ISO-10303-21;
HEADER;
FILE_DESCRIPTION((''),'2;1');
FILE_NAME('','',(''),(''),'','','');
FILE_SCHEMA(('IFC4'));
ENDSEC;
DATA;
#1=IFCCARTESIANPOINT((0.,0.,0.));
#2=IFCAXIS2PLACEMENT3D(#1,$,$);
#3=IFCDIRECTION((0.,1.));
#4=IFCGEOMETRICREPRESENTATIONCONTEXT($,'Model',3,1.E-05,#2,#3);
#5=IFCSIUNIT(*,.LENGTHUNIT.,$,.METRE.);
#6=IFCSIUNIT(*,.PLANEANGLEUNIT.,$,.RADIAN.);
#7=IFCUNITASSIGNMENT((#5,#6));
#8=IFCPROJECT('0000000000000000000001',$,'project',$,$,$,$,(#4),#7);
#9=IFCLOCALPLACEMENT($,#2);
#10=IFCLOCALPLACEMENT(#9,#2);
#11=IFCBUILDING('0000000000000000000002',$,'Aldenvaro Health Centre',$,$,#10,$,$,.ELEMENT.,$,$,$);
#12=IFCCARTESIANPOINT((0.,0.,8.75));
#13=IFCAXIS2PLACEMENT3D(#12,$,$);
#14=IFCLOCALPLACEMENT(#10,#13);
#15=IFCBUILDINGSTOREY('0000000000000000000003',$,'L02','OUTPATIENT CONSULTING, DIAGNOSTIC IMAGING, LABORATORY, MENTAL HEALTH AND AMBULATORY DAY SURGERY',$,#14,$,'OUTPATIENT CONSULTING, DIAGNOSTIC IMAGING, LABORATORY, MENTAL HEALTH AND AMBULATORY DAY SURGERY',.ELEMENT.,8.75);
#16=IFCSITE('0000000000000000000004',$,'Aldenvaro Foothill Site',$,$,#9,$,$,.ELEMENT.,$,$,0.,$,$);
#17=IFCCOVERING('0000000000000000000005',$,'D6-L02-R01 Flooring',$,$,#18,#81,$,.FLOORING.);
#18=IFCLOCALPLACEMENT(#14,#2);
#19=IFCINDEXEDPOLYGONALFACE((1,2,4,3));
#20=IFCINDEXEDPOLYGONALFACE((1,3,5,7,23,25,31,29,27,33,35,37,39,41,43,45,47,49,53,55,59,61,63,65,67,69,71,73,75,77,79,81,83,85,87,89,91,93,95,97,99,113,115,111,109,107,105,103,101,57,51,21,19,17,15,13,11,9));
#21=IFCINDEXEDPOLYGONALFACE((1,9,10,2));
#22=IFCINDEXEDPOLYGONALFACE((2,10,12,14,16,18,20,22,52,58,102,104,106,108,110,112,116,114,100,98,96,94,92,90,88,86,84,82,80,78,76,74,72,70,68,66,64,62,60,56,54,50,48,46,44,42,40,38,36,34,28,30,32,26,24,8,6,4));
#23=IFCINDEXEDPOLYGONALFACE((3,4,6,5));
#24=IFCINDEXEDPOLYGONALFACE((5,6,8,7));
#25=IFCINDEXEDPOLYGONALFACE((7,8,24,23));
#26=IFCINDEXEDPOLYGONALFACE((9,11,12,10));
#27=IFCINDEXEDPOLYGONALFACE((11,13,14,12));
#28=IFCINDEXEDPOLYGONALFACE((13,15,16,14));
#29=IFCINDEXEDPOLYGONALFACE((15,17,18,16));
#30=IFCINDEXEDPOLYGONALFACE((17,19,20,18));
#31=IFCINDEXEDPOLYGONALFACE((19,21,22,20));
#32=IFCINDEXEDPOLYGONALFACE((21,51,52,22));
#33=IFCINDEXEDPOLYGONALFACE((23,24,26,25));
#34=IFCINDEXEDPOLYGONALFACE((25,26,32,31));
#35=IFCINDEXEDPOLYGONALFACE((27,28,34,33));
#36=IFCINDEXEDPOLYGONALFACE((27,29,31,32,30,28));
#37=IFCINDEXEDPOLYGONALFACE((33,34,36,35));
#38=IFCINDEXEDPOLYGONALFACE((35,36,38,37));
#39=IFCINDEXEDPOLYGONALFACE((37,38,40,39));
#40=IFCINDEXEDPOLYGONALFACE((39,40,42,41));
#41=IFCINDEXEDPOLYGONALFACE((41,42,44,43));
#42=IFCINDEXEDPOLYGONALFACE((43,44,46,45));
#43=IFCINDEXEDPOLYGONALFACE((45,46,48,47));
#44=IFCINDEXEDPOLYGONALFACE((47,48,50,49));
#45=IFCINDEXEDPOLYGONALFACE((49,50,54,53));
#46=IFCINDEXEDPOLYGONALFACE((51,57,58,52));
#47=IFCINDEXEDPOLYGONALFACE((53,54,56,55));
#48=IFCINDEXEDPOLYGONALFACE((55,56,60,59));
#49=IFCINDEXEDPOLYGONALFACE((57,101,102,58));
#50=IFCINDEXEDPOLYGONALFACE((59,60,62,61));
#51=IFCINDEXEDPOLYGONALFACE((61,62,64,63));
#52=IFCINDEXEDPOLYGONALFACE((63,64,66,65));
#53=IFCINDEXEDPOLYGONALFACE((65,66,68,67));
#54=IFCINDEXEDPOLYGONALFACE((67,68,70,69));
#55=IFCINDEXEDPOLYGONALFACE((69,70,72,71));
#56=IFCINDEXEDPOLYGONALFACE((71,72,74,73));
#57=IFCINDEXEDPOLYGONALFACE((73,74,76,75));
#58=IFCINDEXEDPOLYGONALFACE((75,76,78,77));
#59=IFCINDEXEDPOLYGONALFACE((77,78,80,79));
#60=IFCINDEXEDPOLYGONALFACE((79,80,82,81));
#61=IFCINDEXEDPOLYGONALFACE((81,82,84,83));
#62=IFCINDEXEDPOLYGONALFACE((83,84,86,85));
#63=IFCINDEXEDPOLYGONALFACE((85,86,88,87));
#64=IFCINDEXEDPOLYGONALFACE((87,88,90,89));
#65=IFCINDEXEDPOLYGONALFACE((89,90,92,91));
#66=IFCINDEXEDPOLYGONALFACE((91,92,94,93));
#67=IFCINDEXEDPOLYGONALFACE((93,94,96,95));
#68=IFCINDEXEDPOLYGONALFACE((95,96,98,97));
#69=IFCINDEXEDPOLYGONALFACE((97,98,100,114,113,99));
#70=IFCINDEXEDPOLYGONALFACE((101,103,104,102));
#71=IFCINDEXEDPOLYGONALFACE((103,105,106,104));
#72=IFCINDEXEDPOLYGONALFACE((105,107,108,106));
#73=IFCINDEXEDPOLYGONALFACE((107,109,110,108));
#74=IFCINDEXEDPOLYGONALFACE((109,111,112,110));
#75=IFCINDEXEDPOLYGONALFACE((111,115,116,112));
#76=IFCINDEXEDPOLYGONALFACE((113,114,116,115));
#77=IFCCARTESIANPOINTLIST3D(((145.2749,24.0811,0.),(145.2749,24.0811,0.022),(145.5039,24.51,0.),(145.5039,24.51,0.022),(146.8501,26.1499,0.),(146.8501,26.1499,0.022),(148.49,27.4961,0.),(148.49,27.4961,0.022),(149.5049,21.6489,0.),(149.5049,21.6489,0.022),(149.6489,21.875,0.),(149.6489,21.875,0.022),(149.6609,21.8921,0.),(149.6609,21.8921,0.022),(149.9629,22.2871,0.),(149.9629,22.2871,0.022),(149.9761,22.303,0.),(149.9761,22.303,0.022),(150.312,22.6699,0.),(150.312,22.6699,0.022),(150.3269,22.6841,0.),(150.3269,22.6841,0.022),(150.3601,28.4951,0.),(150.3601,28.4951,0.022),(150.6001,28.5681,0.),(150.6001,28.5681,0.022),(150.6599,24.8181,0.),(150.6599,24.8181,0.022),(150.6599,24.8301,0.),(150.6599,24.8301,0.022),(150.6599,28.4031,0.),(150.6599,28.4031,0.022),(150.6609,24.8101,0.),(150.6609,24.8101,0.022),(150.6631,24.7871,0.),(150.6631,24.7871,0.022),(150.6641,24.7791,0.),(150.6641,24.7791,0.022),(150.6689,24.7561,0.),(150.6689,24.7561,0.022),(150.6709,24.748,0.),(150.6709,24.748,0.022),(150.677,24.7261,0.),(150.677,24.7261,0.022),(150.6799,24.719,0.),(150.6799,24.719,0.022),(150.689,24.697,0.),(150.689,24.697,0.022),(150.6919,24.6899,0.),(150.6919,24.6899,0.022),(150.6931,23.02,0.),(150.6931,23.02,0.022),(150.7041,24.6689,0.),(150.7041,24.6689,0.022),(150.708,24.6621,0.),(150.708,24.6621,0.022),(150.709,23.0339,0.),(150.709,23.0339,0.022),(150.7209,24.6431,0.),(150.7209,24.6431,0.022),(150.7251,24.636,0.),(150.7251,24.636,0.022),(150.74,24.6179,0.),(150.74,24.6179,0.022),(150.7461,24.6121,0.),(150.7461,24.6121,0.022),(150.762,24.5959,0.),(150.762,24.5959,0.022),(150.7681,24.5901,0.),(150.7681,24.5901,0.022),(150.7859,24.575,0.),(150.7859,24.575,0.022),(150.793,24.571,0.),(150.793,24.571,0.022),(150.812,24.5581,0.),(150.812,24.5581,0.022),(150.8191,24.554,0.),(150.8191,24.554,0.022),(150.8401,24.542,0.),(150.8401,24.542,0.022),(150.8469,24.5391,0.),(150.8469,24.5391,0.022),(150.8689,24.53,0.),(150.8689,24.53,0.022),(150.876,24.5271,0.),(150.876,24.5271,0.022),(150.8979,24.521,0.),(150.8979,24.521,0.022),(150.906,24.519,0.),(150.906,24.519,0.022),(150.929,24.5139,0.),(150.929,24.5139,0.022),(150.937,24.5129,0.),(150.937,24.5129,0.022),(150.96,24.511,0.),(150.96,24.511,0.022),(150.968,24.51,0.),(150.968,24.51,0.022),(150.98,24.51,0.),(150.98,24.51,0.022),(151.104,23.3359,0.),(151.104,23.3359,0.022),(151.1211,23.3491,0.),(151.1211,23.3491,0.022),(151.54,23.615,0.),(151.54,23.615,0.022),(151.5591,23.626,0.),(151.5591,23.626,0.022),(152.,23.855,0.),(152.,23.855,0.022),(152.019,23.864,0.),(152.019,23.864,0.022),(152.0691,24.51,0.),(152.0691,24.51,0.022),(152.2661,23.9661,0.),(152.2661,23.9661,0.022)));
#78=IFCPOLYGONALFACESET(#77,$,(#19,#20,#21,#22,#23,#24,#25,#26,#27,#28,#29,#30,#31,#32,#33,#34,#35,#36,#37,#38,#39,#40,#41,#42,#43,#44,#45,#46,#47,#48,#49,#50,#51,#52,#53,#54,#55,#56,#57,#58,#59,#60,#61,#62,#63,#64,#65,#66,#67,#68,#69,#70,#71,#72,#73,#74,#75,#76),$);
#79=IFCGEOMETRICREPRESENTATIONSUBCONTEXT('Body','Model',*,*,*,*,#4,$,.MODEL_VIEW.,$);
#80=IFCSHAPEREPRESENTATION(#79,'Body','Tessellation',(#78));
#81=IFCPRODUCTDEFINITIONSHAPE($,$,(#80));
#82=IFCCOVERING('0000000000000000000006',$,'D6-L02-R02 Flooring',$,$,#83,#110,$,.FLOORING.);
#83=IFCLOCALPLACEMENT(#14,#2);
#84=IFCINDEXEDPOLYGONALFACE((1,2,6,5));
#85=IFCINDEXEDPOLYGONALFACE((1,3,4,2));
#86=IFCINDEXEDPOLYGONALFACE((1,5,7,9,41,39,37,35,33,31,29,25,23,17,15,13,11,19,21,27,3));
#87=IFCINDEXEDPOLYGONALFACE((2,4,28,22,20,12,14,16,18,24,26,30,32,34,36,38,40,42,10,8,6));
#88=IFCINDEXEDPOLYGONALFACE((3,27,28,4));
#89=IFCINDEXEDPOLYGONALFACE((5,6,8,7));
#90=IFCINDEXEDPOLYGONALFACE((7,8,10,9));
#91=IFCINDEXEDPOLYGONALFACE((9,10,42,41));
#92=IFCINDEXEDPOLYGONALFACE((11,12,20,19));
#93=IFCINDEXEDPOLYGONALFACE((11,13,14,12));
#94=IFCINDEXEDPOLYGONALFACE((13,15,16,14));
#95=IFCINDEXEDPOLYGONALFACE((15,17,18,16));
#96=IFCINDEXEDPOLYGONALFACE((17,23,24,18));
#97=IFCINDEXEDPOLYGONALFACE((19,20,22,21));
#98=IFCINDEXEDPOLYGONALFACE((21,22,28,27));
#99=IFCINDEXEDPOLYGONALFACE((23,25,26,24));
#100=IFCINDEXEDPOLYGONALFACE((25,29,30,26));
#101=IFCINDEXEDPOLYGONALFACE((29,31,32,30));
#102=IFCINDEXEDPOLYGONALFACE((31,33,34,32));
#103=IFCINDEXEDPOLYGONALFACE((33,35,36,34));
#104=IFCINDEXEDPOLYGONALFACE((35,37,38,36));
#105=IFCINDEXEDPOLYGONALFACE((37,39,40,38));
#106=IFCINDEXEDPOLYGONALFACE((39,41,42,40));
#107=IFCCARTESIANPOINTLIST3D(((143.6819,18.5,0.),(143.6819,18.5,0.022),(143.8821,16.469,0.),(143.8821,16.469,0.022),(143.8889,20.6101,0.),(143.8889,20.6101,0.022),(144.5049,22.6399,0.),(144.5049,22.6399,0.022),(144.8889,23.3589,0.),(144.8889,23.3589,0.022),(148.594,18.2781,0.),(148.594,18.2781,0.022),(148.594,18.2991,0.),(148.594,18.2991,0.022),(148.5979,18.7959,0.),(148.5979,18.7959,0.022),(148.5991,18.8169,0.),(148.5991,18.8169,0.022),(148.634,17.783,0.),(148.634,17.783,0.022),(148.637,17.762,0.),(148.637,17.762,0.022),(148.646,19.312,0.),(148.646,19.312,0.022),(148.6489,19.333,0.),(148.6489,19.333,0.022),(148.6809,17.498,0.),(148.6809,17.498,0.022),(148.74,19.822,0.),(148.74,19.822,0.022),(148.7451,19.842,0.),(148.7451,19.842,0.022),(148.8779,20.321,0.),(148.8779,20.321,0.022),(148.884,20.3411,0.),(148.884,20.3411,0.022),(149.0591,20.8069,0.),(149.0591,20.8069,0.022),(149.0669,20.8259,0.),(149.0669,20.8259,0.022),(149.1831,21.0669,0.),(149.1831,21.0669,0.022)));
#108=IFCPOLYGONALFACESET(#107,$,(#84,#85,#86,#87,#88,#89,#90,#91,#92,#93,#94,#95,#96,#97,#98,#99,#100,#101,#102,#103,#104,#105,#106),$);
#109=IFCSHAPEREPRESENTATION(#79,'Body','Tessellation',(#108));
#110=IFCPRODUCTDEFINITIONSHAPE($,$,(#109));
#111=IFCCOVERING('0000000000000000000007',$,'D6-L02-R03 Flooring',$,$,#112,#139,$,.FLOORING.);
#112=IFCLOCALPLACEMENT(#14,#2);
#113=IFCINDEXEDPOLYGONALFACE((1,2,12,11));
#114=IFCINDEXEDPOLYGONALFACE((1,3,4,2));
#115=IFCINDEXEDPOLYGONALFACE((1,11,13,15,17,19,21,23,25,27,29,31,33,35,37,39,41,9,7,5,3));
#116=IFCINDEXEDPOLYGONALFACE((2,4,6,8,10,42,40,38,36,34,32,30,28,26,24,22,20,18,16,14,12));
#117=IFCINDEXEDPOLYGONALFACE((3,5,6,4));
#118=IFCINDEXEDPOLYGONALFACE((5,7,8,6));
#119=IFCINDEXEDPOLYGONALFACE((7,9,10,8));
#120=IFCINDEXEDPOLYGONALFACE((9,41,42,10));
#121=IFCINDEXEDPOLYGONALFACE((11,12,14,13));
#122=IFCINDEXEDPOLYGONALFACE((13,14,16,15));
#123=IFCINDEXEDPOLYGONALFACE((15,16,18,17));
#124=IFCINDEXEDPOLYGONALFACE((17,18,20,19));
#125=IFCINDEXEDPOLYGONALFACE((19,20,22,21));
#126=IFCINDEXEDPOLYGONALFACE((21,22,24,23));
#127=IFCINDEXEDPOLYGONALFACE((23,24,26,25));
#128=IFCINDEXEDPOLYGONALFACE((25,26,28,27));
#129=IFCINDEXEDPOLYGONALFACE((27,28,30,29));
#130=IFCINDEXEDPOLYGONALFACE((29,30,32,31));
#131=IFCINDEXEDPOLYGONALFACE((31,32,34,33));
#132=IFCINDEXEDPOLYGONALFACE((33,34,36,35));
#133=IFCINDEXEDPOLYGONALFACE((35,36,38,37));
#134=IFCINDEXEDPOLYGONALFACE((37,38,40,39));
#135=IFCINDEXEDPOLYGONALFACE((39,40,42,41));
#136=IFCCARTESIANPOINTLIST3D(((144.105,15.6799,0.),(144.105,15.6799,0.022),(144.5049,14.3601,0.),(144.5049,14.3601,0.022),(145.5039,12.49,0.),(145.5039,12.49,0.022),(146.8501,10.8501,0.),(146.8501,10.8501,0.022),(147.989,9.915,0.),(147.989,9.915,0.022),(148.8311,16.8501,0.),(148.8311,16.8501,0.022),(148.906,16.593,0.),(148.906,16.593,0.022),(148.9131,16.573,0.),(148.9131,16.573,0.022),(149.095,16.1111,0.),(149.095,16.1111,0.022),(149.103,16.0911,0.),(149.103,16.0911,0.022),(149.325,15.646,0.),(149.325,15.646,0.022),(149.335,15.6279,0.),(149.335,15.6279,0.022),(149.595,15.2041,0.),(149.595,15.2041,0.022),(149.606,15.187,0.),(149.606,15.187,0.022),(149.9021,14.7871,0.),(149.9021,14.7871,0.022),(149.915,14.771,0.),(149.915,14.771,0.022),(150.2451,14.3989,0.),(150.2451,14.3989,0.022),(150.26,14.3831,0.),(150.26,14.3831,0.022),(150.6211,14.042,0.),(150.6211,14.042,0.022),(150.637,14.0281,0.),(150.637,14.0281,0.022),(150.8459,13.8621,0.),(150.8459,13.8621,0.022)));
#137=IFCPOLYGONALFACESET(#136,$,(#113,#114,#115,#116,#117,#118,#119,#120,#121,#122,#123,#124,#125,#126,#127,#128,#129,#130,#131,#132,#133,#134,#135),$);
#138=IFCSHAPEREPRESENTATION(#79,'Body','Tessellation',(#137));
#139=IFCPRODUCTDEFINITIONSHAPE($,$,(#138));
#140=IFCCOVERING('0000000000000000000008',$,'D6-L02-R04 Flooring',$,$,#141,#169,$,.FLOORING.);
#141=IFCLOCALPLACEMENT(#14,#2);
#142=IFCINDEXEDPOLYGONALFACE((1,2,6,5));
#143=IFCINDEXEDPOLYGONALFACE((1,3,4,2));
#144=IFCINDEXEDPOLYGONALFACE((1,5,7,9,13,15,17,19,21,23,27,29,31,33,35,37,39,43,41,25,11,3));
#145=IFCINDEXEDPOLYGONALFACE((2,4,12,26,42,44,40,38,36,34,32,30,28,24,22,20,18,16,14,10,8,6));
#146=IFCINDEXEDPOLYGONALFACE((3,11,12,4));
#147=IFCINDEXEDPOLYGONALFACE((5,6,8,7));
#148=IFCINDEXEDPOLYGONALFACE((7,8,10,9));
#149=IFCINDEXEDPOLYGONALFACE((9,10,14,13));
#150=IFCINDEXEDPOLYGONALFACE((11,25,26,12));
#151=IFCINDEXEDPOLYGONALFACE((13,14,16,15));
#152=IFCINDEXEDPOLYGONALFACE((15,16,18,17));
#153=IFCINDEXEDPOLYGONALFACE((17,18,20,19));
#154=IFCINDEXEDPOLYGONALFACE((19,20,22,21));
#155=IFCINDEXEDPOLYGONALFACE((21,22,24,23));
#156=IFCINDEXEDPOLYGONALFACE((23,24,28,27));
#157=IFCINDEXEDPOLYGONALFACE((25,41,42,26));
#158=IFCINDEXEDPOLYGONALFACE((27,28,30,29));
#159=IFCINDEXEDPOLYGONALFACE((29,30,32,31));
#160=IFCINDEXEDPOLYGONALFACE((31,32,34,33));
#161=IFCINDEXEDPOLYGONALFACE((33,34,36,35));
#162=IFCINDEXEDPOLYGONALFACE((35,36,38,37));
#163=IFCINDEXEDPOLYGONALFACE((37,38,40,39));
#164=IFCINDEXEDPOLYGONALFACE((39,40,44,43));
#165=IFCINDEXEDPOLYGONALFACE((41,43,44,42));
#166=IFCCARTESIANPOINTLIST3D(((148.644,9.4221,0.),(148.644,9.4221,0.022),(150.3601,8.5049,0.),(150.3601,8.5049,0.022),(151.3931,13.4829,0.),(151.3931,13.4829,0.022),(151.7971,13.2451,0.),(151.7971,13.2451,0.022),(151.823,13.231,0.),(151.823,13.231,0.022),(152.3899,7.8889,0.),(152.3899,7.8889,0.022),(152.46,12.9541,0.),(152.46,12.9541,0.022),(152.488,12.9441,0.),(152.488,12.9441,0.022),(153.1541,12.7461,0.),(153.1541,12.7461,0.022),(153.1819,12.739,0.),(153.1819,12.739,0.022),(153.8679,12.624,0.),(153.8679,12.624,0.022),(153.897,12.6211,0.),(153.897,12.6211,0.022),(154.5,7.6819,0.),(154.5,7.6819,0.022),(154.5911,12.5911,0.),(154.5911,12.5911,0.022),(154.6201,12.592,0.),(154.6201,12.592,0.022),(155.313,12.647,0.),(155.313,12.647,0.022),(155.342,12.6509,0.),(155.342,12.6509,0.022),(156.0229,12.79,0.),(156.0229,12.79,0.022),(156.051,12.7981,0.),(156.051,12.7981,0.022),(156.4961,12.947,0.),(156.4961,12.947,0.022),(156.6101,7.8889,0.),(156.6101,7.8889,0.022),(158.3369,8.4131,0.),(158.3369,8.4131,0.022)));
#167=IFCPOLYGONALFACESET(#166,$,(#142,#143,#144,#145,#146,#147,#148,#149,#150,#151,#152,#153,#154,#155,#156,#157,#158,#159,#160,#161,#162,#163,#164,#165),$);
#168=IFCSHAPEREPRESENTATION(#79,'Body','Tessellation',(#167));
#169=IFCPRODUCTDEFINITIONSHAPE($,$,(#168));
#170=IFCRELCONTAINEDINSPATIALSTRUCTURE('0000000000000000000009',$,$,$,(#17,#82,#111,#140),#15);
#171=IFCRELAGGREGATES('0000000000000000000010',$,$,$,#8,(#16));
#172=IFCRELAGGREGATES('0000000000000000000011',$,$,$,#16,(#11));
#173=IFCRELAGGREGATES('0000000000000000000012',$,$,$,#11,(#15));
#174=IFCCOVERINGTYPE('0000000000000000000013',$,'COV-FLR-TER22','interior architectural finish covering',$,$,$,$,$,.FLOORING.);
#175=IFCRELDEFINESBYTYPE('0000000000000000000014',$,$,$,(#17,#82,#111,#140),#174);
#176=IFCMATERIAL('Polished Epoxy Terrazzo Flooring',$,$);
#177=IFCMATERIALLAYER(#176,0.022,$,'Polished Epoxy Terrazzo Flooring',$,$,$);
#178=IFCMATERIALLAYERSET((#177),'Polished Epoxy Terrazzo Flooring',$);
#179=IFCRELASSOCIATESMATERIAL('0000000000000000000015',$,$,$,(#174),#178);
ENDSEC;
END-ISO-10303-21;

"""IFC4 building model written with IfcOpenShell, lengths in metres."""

from ifc_helpers import new_model, si_unit, direction, frame, origin, place, context, subcontext, project, spatial, polyline, outline, extrude, material, layer, layer_set, type_object, element, save


model = new_model("IFC4")

# Units and contexts
model_context = context("Model", 3, precision=1e-05, world=origin(), true_north=direction((0.0, 1.0)))
body_context = subcontext(model_context, "Body", "Model", "MODEL_VIEW")
ifc_project = project(units=[si_unit("LENGTHUNIT", "METRE"), si_unit("PLANEANGLEUNIT", "RADIAN")], contexts=[model_context])

# Site, building, storey
site_placement = place(None, origin())
site = spatial("IfcSite", under=ifc_project, at=site_placement, Name="Aldenvaro Foothill Site", CompositionType="ELEMENT", RefElevation=0.0)
building_placement = place(site_placement, origin())
building = spatial("IfcBuilding", under=site, at=building_placement, Name="Aldenvaro Health Centre", CompositionType="ELEMENT")
storey_placement = place(building_placement, frame((0.0, 0.0, 8.75)))
storey = spatial("IfcBuildingStorey", under=building, at=storey_placement, Name="L02", Description="OUTPATIENT CONSULTING, DIAGNOSTIC IMAGING, LABORATORY, MENTAL HEALTH AND AMBULATORY DAY SURGERY", LongName="OUTPATIENT CONSULTING, DIAGNOSTIC IMAGING, LABORATORY, MENTAL HEALTH AND AMBULATORY DAY SURGERY", CompositionType="ELEMENT", Elevation=8.75)

# Coverings
ifc_material_1 = material(Name="Polished Epoxy Terrazzo Flooring")
ifc_layer_1 = layer(ifc_material_1, 0.022, Name="Polished Epoxy Terrazzo Flooring")
ifc_layer_set_1 = layer_set([ifc_layer_1], Name="Polished Epoxy Terrazzo Flooring")
covering_type_1 = type_object("IfcCoveringType", Name="COV-FLR-TER22", Description="interior architectural finish covering", PredefinedType="FLOORING", material=ifc_layer_set_1)
covering_1_placement = place(storey_placement, origin())
element("IfcCovering", 1, at=covering_1_placement, inside=storey, type_object=covering_type_1, Name="D6-L02-R01 Flooring", PredefinedType="FLOORING", context=body_context, shape_type="SweptSolid", body=[
    extrude(outline(polyline([(152.019, 23.864), (152.0, 23.855), (151.5591, 23.626), (151.54, 23.615), (151.1211, 23.3491), (151.104, 23.3359), (150.709, 23.0339), (150.6931, 23.02), (150.3269, 22.6841), (150.312, 22.6699), (149.9761, 22.303), (149.9629, 22.2871), (149.6609, 21.8921), (149.6489, 21.875), (149.5049, 21.6489), (145.2749, 24.0811), (145.5039, 24.51), (146.8501, 26.1499), (148.49, 27.4961), (150.3601, 28.4951), (150.6001, 28.5681), (150.6599, 28.4031), (150.6599, 24.8301), (150.6599, 24.8181), (150.6609, 24.8101), (150.6631, 24.7871), (150.6641, 24.7791), (150.6689, 24.7561), (150.6709, 24.748), (150.677, 24.7261), (150.6799, 24.719), (150.689, 24.697), (150.6919, 24.6899), (150.7041, 24.6689), (150.708, 24.6621), (150.7209, 24.6431), (150.7251, 24.636), (150.74, 24.6179), (150.7461, 24.6121), (150.762, 24.5959), (150.7681, 24.5901), (150.7859, 24.575), (150.793, 24.571), (150.812, 24.5581), (150.8191, 24.554), (150.8401, 24.542), (150.8469, 24.5391), (150.8689, 24.53), (150.876, 24.5271), (150.8979, 24.521), (150.906, 24.519), (150.929, 24.5139), (150.937, 24.5129), (150.96, 24.511), (150.968, 24.51), (150.98, 24.51), (152.0691, 24.51), (152.2661, 23.9661), (152.019, 23.864)])), origin(), (0.0, 0.0, 1.0), 0.022),
])
covering_2_placement = place(storey_placement, origin())
element("IfcCovering", 2, at=covering_2_placement, inside=storey, type_object=covering_type_1, Name="D6-L02-R02 Flooring", PredefinedType="FLOORING", context=body_context, shape_type="SweptSolid", body=[
    extrude(outline(polyline([(143.8821, 16.469), (143.6819, 18.5), (143.8889, 20.6101), (144.5049, 22.6399), (144.8889, 23.3589), (149.1831, 21.0669), (149.0669, 20.8259), (149.0591, 20.8069), (148.884, 20.3411), (148.8779, 20.321), (148.7451, 19.842), (148.74, 19.822), (148.6489, 19.333), (148.646, 19.312), (148.5991, 18.8169), (148.5979, 18.7959), (148.594, 18.2991), (148.594, 18.2781), (148.634, 17.783), (148.637, 17.762), (148.6809, 17.498), (143.8821, 16.469)])), origin(), (0.0, 0.0, 1.0), 0.022),
])
covering_3_placement = place(storey_placement, origin())
element("IfcCovering", 3, at=covering_3_placement, inside=storey, type_object=covering_type_1, Name="D6-L02-R03 Flooring", PredefinedType="FLOORING", context=body_context, shape_type="SweptSolid", body=[
    extrude(outline(polyline([(148.906, 16.593), (148.9131, 16.573), (149.095, 16.1111), (149.103, 16.0911), (149.325, 15.646), (149.335, 15.6279), (149.595, 15.2041), (149.606, 15.187), (149.9021, 14.7871), (149.915, 14.771), (150.2451, 14.3989), (150.26, 14.3831), (150.6211, 14.042), (150.637, 14.0281), (150.8459, 13.8621), (147.989, 9.915), (146.8501, 10.8501), (145.5039, 12.49), (144.5049, 14.3601), (144.105, 15.6799), (148.8311, 16.8501), (148.906, 16.593)])), origin(), (0.0, 0.0, 1.0), 0.022),
])
covering_4_placement = place(storey_placement, origin())
element("IfcCovering", 4, at=covering_4_placement, inside=storey, type_object=covering_type_1, Name="D6-L02-R04 Flooring", PredefinedType="FLOORING", context=body_context, shape_type="SweptSolid", body=[
    extrude(outline(polyline([(148.644, 9.4221), (151.3931, 13.4829), (151.7971, 13.2451), (151.823, 13.231), (152.46, 12.9541), (152.488, 12.9441), (153.1541, 12.7461), (153.1819, 12.739), (153.8679, 12.624), (153.897, 12.6211), (154.5911, 12.5911), (154.6201, 12.592), (155.313, 12.647), (155.342, 12.6509), (156.0229, 12.79), (156.051, 12.7981), (156.4961, 12.947), (158.3369, 8.4131), (156.6101, 7.8889), (154.5, 7.6819), (152.3899, 7.8889), (150.3601, 8.5049), (148.644, 9.4221)])), origin(), (0.0, 0.0, 1.0), 0.022),
])

save(model, "model.ifc")
